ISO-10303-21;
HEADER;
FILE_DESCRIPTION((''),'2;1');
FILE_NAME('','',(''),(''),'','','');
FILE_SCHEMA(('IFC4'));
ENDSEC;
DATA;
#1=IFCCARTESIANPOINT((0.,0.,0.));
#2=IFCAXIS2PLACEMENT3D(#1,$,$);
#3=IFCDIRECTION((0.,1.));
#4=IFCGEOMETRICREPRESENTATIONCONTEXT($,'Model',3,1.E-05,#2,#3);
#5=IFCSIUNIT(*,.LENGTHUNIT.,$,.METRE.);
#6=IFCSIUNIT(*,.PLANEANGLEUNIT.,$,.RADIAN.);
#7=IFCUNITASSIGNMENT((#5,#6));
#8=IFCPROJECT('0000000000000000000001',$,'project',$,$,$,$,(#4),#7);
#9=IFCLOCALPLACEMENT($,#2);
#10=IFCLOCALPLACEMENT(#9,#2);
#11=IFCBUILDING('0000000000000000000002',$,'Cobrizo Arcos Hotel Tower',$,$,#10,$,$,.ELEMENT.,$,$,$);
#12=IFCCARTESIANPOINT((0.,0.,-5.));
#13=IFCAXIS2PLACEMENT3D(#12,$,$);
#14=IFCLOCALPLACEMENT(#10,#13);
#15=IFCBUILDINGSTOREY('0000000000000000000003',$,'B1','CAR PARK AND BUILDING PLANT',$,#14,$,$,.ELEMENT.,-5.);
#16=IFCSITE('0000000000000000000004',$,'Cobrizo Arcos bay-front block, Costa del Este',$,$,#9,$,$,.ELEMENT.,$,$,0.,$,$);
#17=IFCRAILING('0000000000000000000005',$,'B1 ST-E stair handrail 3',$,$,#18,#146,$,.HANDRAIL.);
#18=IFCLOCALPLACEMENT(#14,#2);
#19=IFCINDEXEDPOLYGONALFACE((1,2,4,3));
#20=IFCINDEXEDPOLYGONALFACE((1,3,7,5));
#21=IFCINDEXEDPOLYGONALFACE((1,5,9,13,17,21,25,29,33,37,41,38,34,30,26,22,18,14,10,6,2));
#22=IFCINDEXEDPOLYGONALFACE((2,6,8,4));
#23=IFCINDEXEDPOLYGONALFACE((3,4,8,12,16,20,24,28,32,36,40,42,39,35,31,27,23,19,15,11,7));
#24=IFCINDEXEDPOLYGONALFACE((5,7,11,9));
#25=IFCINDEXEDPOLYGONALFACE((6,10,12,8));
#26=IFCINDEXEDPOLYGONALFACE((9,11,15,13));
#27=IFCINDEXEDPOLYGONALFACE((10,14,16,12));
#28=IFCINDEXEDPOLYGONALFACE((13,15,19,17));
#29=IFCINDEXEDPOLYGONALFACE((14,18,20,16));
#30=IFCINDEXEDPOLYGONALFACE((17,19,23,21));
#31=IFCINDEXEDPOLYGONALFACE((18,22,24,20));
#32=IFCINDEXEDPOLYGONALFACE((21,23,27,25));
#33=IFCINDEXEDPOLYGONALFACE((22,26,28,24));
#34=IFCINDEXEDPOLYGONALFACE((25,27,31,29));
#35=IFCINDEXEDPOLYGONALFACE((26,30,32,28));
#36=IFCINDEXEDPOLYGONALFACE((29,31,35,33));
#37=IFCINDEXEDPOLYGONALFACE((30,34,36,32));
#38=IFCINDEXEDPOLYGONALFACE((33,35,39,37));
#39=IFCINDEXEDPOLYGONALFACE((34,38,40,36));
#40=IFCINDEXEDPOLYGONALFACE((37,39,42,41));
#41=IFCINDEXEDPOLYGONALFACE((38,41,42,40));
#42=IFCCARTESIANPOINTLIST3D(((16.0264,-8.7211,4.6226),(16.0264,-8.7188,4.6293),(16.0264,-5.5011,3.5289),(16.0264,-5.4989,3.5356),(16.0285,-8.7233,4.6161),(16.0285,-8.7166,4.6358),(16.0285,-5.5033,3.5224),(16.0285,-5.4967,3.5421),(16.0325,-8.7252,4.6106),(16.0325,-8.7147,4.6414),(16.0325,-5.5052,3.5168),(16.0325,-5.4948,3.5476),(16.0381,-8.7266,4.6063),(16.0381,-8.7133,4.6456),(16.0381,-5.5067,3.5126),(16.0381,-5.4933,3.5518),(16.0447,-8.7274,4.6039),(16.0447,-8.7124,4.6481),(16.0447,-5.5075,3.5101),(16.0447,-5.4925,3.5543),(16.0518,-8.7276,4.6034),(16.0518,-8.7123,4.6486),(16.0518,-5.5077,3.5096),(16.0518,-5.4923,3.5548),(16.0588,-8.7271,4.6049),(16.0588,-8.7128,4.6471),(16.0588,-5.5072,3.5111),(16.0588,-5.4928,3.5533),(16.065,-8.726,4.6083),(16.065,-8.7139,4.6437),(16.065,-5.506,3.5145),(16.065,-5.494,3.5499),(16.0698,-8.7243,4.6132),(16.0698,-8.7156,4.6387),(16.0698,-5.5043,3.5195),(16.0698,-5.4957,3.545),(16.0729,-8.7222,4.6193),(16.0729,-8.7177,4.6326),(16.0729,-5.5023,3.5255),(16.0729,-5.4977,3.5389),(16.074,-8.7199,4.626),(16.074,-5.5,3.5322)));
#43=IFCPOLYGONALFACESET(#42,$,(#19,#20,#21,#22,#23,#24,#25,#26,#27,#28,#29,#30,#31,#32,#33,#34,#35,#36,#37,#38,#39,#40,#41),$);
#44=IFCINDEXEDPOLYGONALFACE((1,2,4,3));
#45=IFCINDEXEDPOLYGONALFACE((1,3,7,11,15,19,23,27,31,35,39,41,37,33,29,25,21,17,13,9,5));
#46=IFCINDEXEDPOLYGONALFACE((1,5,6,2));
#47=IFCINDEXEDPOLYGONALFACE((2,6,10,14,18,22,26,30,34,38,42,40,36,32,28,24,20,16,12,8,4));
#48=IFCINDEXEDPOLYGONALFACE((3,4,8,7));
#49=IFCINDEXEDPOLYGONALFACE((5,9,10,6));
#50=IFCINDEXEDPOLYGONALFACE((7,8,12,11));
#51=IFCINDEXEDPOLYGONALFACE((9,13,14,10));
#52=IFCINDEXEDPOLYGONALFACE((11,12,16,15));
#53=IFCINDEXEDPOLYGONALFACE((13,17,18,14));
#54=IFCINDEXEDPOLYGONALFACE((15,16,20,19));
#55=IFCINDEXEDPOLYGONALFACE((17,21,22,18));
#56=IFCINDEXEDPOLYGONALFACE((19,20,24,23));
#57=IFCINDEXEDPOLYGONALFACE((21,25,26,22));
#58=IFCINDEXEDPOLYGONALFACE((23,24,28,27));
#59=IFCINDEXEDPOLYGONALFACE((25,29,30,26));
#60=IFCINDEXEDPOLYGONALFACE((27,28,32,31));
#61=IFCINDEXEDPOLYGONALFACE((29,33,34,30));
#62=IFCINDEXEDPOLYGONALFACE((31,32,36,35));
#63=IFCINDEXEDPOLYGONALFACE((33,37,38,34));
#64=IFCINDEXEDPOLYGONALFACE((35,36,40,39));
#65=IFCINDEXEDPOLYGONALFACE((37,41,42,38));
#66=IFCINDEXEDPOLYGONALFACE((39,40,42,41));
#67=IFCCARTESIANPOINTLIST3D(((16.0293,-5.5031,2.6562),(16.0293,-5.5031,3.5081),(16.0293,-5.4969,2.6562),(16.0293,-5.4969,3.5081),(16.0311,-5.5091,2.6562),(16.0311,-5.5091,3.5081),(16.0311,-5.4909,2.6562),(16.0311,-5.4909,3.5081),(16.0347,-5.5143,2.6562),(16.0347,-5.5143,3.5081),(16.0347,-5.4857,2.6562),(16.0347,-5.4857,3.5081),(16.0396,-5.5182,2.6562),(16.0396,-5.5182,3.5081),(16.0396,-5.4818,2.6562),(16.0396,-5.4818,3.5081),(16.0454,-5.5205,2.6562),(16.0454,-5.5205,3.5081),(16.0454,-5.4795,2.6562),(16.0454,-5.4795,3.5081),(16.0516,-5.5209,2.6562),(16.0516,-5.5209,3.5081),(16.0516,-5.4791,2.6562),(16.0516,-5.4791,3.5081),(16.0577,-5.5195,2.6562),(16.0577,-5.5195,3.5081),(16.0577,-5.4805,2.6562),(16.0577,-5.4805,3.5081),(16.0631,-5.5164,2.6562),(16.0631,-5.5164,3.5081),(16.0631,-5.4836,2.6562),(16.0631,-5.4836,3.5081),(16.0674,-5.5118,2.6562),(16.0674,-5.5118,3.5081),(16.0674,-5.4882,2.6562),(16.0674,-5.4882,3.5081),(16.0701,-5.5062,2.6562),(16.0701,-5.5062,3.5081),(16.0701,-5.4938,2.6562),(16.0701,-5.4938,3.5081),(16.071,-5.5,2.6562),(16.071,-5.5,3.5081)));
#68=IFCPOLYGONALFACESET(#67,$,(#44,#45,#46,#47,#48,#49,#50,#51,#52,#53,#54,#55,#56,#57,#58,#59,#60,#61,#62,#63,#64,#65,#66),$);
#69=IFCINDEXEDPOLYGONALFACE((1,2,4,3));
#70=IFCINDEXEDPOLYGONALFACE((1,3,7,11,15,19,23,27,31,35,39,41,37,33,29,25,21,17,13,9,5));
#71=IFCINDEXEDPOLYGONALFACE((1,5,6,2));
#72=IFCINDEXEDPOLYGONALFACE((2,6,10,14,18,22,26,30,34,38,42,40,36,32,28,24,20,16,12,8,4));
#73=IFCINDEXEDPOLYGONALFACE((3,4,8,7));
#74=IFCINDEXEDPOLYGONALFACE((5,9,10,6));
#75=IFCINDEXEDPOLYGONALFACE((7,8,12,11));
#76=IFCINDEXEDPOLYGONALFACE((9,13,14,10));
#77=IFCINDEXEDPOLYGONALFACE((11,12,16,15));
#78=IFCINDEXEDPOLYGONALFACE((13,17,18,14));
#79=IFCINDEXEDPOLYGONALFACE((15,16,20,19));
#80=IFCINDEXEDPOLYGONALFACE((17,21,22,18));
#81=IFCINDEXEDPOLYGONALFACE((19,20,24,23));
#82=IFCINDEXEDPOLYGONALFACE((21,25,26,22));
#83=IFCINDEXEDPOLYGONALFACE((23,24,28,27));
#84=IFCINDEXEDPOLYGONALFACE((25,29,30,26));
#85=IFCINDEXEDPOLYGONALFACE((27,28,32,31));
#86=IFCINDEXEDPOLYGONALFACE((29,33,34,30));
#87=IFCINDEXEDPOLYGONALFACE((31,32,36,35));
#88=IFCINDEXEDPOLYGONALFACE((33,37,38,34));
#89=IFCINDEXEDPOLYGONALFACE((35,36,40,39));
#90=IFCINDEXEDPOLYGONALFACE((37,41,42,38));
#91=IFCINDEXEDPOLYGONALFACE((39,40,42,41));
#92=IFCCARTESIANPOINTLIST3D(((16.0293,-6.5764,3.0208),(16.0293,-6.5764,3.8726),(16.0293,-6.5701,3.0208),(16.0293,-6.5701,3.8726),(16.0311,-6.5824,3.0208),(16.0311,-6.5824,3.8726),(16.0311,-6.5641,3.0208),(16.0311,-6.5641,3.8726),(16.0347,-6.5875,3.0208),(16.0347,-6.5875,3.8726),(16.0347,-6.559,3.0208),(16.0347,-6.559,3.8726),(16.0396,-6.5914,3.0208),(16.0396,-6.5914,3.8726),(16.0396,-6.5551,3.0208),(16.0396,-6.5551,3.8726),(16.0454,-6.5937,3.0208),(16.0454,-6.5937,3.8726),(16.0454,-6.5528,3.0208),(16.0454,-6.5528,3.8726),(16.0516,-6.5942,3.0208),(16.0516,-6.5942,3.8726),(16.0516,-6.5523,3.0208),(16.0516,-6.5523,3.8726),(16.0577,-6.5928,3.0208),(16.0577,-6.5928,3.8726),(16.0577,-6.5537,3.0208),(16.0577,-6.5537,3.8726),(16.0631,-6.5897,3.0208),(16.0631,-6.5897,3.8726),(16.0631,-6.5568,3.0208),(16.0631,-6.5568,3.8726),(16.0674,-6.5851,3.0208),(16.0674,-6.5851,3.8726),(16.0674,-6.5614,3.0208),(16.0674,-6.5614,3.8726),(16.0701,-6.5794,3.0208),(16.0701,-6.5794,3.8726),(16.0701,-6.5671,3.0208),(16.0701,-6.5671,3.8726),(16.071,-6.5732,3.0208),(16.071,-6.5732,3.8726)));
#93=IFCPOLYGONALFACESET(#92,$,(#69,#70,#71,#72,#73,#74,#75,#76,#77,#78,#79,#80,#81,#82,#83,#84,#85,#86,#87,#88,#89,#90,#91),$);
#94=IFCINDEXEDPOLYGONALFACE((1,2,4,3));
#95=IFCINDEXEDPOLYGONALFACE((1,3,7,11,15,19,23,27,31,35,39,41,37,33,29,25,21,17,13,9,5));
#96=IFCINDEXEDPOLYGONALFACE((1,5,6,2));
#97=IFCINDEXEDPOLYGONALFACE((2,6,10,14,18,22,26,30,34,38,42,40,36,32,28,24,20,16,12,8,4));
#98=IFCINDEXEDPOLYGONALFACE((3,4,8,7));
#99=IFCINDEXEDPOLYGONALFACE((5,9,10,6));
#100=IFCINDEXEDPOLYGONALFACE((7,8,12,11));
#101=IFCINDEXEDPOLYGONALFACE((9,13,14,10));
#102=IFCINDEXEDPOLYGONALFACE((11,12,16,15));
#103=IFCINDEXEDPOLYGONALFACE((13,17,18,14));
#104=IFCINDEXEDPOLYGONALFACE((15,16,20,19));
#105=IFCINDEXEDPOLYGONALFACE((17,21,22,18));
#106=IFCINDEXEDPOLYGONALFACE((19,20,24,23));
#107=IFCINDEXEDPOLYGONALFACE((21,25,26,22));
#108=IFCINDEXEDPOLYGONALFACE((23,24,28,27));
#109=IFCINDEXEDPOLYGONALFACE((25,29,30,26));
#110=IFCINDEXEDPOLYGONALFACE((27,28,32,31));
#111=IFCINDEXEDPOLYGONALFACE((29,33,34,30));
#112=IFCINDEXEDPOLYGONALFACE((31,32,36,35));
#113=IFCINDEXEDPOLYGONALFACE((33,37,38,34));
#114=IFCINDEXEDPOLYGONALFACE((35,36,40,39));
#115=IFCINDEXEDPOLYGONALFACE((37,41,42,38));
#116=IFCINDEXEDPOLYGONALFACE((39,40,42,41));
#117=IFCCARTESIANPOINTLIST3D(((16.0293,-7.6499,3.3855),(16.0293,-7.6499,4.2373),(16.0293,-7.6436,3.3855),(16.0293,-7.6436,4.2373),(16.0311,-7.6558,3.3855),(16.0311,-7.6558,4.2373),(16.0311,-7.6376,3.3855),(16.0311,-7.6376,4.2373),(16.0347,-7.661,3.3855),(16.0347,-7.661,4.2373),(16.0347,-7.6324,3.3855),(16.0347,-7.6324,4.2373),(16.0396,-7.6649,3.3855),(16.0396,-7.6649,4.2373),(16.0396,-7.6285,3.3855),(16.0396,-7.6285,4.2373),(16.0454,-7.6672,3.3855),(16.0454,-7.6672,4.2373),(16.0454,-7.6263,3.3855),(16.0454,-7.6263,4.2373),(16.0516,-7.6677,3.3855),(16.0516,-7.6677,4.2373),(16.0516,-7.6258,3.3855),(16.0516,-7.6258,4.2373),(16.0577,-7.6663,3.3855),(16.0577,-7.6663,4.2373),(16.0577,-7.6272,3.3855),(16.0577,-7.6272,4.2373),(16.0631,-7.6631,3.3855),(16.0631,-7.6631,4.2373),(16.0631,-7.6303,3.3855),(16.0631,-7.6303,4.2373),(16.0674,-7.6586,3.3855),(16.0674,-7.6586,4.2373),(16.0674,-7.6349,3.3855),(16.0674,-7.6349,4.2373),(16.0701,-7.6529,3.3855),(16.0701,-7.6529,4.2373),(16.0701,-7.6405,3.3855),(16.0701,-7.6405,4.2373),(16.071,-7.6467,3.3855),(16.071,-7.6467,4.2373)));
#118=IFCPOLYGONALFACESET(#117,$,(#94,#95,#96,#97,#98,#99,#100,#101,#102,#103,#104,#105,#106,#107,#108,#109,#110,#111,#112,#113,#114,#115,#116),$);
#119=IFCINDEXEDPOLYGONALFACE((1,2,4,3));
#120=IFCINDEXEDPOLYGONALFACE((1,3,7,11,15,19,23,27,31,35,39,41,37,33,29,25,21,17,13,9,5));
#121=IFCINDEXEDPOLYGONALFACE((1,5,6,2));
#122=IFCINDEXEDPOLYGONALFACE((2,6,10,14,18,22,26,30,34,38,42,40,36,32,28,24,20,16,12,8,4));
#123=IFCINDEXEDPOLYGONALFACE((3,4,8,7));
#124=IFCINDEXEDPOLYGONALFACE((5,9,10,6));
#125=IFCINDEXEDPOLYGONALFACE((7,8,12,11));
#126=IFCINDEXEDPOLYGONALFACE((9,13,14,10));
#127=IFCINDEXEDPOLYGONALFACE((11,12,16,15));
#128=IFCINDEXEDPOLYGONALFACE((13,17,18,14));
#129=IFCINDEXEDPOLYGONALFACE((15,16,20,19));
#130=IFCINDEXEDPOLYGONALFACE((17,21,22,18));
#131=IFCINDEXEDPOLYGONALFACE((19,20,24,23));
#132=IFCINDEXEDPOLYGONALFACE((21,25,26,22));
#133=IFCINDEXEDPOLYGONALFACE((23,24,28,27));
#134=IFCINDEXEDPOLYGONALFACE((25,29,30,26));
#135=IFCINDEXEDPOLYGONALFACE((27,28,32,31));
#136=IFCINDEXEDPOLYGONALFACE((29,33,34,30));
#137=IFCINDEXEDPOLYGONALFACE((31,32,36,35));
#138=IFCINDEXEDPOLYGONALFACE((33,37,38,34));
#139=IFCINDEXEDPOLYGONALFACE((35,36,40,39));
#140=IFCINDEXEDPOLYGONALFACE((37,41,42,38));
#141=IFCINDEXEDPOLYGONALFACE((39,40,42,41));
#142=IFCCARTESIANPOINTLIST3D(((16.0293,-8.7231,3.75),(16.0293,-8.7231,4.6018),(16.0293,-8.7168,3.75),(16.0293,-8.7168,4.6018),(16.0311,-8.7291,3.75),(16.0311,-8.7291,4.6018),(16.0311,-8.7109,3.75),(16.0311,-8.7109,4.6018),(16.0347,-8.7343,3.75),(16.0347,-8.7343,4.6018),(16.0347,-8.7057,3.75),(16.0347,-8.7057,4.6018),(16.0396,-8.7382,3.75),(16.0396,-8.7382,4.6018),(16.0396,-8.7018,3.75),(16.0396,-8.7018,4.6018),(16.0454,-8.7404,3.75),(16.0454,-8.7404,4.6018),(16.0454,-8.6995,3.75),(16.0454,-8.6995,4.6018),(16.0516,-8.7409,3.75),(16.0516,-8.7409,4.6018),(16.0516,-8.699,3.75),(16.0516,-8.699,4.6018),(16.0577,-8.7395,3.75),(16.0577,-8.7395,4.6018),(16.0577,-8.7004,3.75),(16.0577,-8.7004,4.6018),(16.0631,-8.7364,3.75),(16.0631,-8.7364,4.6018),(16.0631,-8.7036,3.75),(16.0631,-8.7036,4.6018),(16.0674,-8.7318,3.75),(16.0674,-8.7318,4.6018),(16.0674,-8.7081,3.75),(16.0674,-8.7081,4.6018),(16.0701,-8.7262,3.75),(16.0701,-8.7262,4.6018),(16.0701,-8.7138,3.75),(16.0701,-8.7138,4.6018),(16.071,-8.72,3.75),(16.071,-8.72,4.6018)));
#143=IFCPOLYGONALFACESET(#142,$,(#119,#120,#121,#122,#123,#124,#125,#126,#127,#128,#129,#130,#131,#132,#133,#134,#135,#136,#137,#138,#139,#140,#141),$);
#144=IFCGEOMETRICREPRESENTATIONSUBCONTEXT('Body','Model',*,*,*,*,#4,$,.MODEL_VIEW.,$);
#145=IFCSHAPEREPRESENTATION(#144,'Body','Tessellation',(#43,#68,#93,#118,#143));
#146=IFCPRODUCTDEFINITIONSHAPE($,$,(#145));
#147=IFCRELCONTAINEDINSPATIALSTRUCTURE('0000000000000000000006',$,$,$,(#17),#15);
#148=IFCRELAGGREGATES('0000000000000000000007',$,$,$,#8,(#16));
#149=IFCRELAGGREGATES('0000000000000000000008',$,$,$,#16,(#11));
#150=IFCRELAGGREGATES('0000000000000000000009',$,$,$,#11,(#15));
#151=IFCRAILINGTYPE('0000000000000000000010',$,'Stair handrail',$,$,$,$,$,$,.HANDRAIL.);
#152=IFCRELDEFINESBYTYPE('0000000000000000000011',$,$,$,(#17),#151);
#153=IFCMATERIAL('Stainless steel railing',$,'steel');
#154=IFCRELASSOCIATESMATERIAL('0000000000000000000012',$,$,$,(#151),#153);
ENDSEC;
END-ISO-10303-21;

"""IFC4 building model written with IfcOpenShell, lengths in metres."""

from ifc_helpers import new_model, si_unit, direction, frame, origin, origin_2d, place, context, subcontext, project, spatial, circle, extrude, material, type_object, element, save


model = new_model("IFC4")

# Units and contexts
model_context = context("Model", 3, precision=1e-05, world=origin(), true_north=direction((0.0, 1.0)))
body_context = subcontext(model_context, "Body", "Model", "MODEL_VIEW")
ifc_project = project(units=[si_unit("LENGTHUNIT", "METRE"), si_unit("PLANEANGLEUNIT", "RADIAN")], contexts=[model_context])

# Site, building, storey
site_placement = place(None, origin())
site = spatial("IfcSite", under=ifc_project, at=site_placement, Name="Cobrizo Arcos bay-front block, Costa del Este", CompositionType="ELEMENT", RefElevation=0.0)
building_placement = place(site_placement, origin())
building = spatial("IfcBuilding", under=site, at=building_placement, Name="Cobrizo Arcos Hotel Tower", CompositionType="ELEMENT")
storey_placement = place(building_placement, frame((0.0, 0.0, -5.0)))
storey = spatial("IfcBuildingStorey", under=building, at=storey_placement, Name="B1", Description="CAR PARK AND BUILDING PLANT", CompositionType="ELEMENT", Elevation=-5.0)

# Railing
ifc_material_1 = material(Name="Stainless steel railing", Category="steel")
railing_type_1 = type_object("IfcRailingType", Name="Stair handrail", PredefinedType="HANDRAIL", material=ifc_material_1)
for number, where, name in (
    (1, (16.05, -5.5, 2.6562), "B1 ST-E stair handrail 3"),
):
    element("IfcRailing", number, at=place(storey_placement, frame(where)), inside=storey, type_object=railing_type_1, Name=name, PredefinedType="HANDRAIL", context=body_context, shape_type="SweptSolid", body=[
        extrude(circle(Radius=0.0239, at=origin_2d()), frame((0.0, 0.0, 0.876), z_axis=(0.0, -0.946866, 0.321629), x_axis=(1.0, 0.0, 0.0)), (0.0, 0.0, 1.0), 3.4006),
        extrude(circle(Radius=0.021, at=origin_2d()), origin(), (0.0, 0.0, 1.0), 0.8518),
        extrude(circle(Radius=0.021, at=origin_2d()), frame((0.0, -1.0732, 0.3645)), (0.0, 0.0, 1.0), 0.8518),
        extrude(circle(Radius=0.021, at=origin_2d()), frame((0.0, -2.1467, 0.7292)), (0.0, 0.0, 1.0), 0.8518),
        extrude(circle(Radius=0.021, at=origin_2d()), frame((0.0, -3.22, 1.0938)), (0.0, 0.0, 1.0), 0.8518),
    ])

save(model, "model.ifc")
